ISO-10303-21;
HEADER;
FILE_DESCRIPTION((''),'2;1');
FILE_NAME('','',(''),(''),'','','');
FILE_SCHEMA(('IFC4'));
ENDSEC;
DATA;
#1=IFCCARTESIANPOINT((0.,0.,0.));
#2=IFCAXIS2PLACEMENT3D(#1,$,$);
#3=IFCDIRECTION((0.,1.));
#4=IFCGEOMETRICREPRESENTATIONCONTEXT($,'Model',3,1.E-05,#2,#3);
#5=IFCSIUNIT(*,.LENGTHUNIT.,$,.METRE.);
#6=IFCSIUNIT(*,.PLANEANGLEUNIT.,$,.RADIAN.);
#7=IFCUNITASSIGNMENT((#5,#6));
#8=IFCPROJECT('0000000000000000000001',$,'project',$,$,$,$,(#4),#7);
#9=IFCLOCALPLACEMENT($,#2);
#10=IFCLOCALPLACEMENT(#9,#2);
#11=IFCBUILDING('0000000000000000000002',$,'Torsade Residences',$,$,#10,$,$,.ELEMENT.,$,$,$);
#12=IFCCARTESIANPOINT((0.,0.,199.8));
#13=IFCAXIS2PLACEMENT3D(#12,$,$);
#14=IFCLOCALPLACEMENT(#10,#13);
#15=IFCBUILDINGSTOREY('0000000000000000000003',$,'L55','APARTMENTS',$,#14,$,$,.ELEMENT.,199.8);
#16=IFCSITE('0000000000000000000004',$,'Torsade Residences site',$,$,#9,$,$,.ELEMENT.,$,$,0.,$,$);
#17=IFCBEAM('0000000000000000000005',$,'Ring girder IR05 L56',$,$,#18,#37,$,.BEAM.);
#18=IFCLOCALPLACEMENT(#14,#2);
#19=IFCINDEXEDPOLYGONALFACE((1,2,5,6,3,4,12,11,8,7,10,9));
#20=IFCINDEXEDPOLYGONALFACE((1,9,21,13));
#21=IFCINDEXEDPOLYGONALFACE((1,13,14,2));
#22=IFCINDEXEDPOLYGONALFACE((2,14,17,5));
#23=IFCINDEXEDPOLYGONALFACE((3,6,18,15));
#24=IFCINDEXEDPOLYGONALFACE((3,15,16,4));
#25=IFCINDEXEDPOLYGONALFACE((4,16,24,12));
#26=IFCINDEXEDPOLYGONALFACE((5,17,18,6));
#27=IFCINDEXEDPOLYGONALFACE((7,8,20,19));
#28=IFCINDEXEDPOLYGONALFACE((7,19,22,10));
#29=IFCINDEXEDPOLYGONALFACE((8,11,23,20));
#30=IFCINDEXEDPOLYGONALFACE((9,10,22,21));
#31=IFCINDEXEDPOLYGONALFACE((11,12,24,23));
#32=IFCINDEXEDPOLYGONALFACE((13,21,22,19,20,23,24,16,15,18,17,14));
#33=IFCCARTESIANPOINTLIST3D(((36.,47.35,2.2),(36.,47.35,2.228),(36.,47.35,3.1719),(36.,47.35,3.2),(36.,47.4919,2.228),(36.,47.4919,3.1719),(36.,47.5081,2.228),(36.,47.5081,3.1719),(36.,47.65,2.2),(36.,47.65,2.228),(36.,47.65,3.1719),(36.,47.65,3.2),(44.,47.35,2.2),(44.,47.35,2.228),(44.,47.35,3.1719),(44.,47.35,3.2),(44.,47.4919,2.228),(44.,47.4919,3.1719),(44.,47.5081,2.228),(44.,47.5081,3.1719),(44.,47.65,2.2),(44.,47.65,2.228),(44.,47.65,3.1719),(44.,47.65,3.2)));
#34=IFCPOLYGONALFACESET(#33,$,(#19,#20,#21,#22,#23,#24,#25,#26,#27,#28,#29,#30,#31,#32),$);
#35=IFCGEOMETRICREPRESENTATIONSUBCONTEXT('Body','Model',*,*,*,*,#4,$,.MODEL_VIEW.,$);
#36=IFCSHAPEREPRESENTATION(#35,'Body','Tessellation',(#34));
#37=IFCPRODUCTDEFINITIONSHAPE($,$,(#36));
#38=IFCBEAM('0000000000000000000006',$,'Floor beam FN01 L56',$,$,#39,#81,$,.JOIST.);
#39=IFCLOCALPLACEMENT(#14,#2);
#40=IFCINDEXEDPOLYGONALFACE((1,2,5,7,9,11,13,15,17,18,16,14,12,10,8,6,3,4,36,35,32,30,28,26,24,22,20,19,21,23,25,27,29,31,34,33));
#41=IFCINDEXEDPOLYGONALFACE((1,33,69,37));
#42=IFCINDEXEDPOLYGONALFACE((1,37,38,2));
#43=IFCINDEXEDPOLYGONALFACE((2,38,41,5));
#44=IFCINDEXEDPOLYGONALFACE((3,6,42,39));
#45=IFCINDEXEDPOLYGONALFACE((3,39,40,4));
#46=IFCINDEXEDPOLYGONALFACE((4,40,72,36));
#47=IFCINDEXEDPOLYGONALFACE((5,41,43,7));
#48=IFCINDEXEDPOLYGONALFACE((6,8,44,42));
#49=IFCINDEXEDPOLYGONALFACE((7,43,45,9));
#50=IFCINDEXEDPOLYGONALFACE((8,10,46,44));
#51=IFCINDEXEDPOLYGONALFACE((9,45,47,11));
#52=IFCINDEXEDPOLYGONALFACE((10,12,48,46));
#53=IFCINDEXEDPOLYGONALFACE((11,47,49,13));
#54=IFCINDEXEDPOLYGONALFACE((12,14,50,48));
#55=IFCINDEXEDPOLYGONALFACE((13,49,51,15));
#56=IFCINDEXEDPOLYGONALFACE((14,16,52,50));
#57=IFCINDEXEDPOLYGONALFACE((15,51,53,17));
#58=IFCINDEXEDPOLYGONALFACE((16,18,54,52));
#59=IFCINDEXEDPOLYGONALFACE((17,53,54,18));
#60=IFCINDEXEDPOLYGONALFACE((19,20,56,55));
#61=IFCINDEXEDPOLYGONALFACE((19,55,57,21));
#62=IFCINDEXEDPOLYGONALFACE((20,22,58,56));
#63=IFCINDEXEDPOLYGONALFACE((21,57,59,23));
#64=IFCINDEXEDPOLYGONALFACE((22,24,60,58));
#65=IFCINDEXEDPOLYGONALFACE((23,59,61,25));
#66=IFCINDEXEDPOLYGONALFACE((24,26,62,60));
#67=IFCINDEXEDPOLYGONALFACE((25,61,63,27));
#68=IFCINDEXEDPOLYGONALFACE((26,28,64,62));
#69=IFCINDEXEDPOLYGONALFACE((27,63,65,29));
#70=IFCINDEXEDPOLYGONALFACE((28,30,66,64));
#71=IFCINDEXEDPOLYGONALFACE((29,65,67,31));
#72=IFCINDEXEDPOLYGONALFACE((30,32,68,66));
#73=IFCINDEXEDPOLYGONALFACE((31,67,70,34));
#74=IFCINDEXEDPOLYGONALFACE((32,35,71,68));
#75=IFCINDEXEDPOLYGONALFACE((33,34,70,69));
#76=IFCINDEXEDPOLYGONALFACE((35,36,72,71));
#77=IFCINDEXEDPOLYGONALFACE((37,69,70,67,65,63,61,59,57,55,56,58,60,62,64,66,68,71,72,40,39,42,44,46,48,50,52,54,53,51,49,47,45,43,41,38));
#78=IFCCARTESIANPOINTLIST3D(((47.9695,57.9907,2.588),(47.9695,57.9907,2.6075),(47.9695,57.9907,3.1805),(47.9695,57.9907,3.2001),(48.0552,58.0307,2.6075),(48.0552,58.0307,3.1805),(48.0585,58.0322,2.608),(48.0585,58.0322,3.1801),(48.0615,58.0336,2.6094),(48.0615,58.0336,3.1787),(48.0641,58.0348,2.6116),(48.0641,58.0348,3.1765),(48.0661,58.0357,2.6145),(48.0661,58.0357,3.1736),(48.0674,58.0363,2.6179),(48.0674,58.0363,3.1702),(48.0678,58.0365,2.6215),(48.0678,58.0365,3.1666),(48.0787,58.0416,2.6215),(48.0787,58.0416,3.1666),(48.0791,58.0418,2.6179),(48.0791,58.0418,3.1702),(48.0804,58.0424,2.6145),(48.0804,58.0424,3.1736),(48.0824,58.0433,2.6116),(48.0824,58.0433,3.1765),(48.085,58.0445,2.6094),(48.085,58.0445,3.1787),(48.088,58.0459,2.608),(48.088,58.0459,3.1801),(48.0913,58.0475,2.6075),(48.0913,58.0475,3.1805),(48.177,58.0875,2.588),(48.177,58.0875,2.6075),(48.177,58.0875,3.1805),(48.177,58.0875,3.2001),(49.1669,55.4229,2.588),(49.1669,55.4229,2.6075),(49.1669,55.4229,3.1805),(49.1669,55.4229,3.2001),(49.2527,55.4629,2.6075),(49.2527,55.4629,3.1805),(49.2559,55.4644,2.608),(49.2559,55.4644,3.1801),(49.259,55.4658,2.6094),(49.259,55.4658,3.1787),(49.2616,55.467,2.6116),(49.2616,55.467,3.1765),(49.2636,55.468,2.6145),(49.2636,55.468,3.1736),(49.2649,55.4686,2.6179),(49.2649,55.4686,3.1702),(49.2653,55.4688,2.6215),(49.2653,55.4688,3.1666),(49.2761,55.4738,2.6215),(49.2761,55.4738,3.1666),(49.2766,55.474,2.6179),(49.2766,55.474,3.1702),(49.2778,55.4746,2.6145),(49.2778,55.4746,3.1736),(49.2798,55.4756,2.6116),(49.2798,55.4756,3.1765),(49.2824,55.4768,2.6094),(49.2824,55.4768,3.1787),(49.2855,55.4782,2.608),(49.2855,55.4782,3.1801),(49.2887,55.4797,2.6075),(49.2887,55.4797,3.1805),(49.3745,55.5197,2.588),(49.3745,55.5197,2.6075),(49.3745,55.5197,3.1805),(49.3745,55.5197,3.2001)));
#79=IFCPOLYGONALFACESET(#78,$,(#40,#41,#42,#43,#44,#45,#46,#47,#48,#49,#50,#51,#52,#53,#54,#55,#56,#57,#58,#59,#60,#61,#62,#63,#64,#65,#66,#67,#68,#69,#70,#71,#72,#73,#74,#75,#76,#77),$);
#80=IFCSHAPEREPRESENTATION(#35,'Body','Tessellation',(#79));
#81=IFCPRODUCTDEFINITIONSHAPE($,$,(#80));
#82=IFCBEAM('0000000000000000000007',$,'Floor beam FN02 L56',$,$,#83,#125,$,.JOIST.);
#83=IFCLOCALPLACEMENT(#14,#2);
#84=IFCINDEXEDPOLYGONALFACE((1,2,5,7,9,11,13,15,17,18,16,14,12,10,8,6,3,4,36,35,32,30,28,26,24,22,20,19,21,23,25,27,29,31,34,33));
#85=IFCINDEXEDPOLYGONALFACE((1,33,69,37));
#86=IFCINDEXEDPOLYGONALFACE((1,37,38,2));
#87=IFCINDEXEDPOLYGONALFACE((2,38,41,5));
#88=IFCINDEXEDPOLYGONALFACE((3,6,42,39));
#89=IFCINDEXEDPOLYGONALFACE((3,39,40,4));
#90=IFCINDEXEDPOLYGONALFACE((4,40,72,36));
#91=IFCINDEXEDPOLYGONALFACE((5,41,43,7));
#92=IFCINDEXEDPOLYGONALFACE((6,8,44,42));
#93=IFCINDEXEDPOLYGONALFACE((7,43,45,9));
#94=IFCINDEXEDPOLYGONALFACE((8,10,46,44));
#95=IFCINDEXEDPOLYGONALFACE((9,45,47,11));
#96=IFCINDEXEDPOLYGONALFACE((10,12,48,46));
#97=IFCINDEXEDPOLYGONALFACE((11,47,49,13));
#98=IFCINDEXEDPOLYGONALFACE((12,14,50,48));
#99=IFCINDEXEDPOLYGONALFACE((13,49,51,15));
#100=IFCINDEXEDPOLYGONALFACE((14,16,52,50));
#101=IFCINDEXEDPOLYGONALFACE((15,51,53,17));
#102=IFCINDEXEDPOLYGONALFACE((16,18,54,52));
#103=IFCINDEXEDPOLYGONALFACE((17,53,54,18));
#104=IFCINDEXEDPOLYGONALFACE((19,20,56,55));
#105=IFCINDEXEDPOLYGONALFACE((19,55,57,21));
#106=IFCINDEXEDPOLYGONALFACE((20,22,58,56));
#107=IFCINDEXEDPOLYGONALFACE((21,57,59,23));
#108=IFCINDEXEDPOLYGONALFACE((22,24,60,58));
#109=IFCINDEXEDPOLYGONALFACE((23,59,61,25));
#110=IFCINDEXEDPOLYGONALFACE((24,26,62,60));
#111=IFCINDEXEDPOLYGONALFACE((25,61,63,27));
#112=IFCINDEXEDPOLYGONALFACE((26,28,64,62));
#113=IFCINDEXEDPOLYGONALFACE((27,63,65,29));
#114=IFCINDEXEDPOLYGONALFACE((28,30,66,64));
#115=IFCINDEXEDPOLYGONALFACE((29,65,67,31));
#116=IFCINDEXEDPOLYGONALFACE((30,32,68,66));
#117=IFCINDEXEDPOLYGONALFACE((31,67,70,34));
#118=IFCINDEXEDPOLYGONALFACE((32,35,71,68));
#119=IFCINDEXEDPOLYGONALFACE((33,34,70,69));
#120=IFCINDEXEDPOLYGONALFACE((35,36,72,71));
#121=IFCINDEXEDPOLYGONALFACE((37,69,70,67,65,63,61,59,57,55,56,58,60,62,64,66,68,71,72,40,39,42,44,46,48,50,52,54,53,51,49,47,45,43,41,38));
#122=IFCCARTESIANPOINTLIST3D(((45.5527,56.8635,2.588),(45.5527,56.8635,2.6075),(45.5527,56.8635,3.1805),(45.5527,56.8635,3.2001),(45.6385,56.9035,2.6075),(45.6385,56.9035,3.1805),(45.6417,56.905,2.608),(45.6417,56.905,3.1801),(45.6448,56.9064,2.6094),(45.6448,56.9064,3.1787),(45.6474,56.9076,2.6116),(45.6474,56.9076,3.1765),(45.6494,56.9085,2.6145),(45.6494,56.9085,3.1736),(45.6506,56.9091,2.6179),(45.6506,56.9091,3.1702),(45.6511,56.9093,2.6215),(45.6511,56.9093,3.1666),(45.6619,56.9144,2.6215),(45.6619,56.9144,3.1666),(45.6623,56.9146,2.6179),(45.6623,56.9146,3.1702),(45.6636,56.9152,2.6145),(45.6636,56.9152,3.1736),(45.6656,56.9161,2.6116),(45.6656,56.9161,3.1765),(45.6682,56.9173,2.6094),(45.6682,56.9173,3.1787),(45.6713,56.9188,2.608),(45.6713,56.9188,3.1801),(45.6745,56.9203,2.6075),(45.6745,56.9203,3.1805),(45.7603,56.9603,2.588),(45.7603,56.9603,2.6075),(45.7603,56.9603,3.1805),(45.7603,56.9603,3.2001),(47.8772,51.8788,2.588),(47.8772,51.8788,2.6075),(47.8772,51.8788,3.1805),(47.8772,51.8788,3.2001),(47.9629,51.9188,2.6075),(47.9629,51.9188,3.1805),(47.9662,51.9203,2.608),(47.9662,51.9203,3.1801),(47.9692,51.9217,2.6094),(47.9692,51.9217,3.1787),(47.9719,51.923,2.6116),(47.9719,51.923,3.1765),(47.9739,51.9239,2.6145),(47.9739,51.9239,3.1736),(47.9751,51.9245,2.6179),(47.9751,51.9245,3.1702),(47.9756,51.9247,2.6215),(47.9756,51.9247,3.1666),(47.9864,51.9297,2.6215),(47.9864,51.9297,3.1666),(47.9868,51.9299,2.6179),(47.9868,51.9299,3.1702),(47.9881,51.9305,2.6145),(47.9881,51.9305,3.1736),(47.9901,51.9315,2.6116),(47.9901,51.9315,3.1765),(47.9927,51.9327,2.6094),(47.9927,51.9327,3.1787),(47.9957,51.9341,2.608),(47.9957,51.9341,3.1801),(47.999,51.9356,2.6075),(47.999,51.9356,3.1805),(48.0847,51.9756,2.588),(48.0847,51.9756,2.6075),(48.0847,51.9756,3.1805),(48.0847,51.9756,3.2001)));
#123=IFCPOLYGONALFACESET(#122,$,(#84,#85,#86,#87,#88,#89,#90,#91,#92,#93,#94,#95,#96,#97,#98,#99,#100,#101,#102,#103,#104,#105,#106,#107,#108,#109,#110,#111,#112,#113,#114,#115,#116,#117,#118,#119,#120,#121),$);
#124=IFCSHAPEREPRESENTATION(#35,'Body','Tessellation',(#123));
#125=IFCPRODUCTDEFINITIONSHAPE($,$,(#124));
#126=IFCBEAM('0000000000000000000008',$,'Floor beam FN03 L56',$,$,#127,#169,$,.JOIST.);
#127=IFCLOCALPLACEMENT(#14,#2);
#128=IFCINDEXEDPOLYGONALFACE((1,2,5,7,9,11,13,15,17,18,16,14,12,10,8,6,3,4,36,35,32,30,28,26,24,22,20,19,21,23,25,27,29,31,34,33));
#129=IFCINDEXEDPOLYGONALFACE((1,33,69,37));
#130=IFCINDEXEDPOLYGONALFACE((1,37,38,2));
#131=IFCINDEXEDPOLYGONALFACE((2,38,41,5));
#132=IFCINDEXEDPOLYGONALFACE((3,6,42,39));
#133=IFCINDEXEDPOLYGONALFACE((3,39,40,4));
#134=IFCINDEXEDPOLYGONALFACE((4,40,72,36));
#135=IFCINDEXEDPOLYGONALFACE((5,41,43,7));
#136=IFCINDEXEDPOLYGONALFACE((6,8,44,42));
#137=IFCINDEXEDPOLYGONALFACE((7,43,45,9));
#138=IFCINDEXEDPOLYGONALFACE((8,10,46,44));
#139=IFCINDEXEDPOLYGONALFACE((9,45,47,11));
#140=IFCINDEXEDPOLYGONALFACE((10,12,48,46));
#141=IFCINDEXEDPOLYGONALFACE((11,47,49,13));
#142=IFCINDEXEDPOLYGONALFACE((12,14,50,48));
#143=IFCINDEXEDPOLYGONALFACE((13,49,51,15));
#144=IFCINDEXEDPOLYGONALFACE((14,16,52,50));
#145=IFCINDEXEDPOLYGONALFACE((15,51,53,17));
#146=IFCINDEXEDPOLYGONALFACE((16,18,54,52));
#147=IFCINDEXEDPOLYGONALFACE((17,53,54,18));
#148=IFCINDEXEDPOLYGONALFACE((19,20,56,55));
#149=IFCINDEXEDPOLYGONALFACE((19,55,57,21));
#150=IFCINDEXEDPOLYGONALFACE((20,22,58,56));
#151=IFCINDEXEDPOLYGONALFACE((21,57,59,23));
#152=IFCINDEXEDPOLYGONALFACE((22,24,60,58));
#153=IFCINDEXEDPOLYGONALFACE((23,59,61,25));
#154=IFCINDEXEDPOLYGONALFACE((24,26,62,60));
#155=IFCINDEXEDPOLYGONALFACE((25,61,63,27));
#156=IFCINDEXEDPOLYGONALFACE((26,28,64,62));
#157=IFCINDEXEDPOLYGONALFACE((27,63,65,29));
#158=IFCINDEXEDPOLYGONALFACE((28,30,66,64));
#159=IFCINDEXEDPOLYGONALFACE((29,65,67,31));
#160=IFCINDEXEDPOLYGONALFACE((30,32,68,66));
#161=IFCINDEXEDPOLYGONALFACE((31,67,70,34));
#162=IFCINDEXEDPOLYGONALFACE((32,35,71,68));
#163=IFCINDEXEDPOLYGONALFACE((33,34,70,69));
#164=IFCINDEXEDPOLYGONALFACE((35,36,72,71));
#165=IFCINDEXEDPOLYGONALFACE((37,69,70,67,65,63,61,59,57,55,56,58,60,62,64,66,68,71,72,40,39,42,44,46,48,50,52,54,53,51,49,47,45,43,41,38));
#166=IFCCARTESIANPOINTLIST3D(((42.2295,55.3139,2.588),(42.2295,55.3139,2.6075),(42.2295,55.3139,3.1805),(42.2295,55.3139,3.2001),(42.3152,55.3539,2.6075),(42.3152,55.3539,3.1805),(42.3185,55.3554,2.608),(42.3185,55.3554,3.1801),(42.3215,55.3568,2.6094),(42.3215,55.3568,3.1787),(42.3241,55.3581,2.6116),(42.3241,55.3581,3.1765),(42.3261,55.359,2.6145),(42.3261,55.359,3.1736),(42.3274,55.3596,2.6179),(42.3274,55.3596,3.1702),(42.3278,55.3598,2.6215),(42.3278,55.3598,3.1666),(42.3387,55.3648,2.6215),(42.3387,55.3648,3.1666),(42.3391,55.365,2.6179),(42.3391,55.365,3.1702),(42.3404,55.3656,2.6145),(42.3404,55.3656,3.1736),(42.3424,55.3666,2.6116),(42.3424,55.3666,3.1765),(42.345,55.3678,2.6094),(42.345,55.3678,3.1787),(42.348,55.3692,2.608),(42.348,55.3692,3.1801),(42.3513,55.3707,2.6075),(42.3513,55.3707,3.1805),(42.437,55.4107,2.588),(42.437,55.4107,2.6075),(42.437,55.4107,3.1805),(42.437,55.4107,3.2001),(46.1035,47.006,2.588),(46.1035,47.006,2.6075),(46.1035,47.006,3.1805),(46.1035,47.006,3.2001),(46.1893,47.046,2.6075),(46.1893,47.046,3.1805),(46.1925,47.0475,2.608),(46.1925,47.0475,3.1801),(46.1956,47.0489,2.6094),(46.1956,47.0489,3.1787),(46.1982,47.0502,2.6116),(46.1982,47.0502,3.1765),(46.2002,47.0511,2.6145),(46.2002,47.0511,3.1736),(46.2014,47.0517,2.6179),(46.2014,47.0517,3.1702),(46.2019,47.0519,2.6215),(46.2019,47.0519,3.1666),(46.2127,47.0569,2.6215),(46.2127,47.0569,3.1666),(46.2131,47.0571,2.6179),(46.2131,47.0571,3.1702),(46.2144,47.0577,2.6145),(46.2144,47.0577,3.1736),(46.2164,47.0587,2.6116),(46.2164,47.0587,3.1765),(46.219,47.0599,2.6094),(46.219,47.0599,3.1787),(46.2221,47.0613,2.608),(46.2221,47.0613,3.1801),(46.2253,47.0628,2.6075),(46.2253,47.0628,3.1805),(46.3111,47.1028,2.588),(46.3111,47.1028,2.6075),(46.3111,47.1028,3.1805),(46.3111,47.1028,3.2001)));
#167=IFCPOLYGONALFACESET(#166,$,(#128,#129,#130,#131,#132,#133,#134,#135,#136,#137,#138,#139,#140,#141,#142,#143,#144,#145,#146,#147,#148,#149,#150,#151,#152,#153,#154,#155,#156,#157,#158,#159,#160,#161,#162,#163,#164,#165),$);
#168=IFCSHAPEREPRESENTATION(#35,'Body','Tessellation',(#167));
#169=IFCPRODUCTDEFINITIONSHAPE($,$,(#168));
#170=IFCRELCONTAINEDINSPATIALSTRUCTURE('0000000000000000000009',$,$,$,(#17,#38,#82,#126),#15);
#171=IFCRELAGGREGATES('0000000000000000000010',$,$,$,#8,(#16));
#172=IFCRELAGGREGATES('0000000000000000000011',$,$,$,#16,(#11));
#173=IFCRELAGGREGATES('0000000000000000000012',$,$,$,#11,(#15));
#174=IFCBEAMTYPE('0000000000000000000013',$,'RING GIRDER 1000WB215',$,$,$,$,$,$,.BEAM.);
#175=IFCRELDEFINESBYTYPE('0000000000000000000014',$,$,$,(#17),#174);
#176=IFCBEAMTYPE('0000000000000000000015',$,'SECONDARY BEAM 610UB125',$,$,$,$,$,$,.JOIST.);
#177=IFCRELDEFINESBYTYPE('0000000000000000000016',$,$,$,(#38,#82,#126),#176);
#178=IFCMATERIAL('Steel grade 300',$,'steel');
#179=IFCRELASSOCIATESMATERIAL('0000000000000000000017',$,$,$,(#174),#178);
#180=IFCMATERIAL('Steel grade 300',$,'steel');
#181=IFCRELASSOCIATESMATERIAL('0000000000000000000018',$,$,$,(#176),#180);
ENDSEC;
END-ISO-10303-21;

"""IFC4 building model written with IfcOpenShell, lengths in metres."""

from ifc_helpers import new_model, si_unit, direction, frame, origin, origin_2d, place, context, subcontext, project, spatial, i_section, extrude, material, material_profile, profile_set, type_object, element, save


model = new_model("IFC4")

# Units and contexts
model_context = context("Model", 3, precision=1e-05, world=origin(), true_north=direction((0.0, 1.0)))
body_context = subcontext(model_context, "Body", "Model", "MODEL_VIEW")
ifc_project = project(units=[si_unit("LENGTHUNIT", "METRE"), si_unit("PLANEANGLEUNIT", "RADIAN")], contexts=[model_context])

# Site, building, storey
site_placement = place(None, origin())
site = spatial("IfcSite", under=ifc_project, at=site_placement, Name="Torsade Residences site", CompositionType="ELEMENT", RefElevation=0.0)
building_placement = place(site_placement, origin())
building = spatial("IfcBuilding", under=site, at=building_placement, Name="Torsade Residences", CompositionType="ELEMENT")
storey_placement = place(building_placement, frame((0.0, 0.0, 199.8)))
storey = spatial("IfcBuildingStorey", under=building, at=storey_placement, Name="L55", Description="APARTMENTS", CompositionType="ELEMENT", Elevation=199.8)

# Beams
ifc_material_1 = material(Name="Steel grade 300", Category="steel")
ifc_material_profile_1 = material_profile(ifc_material_1, i_section(OverallWidth=0.3, OverallDepth=1.0, WebThickness=0.0161, FlangeThickness=0.0281, at=origin_2d()), Name="1000WB215")
ifc_profile_set_1 = profile_set([ifc_material_profile_1], Name="Steel grade 300")
beam_type_1 = type_object("IfcBeamType", Name="RING GIRDER 1000WB215", PredefinedType="BEAM", material=ifc_profile_set_1)
beam_1_placement = place(storey_placement, frame((44.0, 47.5, 2.7), z_axis=(-1.0, 0.0, 0.0), x_axis=(0.0, -1.0, 0.0)))
element("IfcBeam", 1, at=beam_1_placement, inside=storey, type_object=beam_type_1, Name="Ring girder IR05 L56", PredefinedType="BEAM", context=body_context, shape_type="SweptSolid", body=[
    extrude(i_section(OverallWidth=0.3, OverallDepth=1.0, WebThickness=0.0161, FlangeThickness=0.0281, at=origin_2d()), origin(), (0.0, 0.0, 1.0), 8.0),
])
ifc_material_2 = material(Name="Steel grade 300", Category="steel")
ifc_material_profile_2 = material_profile(ifc_material_2, i_section(OverallWidth=0.229, OverallDepth=0.6121, WebThickness=0.012, FlangeThickness=0.0195, FilletRadius=0.0139, at=origin_2d()), Name="610UB125")
ifc_profile_set_2 = profile_set([ifc_material_profile_2], Name="Steel grade 300")
beam_type_2 = type_object("IfcBeamType", Name="SECONDARY BEAM 610UB125", PredefinedType="JOIST", material=ifc_profile_set_2)
beam_2_placement = place(storey_placement, frame((48.0732, 58.0391, 2.894), z_axis=(0.422645, -0.906295, 0.0), x_axis=(0.906295, 0.422645, 0.0)))
element("IfcBeam", 2, at=beam_2_placement, inside=storey, type_object=beam_type_2, Name="Floor beam FN01 L56", PredefinedType="JOIST", context=body_context, shape_type="SweptSolid", body=[
    extrude(i_section(OverallWidth=0.229, OverallDepth=0.6121, WebThickness=0.012, FlangeThickness=0.0195, FilletRadius=0.0139, at=origin_2d()), origin(), (0.0, 0.0, 1.0), 2.8333),
])
beam_3_placement = place(storey_placement, frame((45.6565, 56.9119, 2.894), z_axis=(0.422633, -0.906301, 0.0), x_axis=(0.906301, 0.422633, 0.0)))
element("IfcBeam", 3, at=beam_3_placement, inside=storey, type_object=beam_type_2, Name="Floor beam FN02 L56", PredefinedType="JOIST", context=body_context, shape_type="SweptSolid", body=[
    extrude(i_section(OverallWidth=0.229, OverallDepth=0.6121, WebThickness=0.012, FlangeThickness=0.0195, FilletRadius=0.0139, at=origin_2d()), origin(), (0.0, 0.0, 1.0), 5.5),
])
beam_4_placement = place(storey_placement, frame((42.3333, 55.3623, 2.894), z_axis=(0.422619, -0.906308, 0.0), x_axis=(0.906308, 0.422619, 0.0)))
element("IfcBeam", 4, at=beam_4_placement, inside=storey, type_object=beam_type_2, Name="Floor beam FN03 L56", PredefinedType="JOIST", context=body_context, shape_type="SweptSolid", body=[
    extrude(i_section(OverallWidth=0.229, OverallDepth=0.6121, WebThickness=0.012, FlangeThickness=0.0195, FilletRadius=0.0139, at=origin_2d()), origin(), (0.0, 0.0, 1.0), 9.1667),
])

save(model, "model.ifc")
